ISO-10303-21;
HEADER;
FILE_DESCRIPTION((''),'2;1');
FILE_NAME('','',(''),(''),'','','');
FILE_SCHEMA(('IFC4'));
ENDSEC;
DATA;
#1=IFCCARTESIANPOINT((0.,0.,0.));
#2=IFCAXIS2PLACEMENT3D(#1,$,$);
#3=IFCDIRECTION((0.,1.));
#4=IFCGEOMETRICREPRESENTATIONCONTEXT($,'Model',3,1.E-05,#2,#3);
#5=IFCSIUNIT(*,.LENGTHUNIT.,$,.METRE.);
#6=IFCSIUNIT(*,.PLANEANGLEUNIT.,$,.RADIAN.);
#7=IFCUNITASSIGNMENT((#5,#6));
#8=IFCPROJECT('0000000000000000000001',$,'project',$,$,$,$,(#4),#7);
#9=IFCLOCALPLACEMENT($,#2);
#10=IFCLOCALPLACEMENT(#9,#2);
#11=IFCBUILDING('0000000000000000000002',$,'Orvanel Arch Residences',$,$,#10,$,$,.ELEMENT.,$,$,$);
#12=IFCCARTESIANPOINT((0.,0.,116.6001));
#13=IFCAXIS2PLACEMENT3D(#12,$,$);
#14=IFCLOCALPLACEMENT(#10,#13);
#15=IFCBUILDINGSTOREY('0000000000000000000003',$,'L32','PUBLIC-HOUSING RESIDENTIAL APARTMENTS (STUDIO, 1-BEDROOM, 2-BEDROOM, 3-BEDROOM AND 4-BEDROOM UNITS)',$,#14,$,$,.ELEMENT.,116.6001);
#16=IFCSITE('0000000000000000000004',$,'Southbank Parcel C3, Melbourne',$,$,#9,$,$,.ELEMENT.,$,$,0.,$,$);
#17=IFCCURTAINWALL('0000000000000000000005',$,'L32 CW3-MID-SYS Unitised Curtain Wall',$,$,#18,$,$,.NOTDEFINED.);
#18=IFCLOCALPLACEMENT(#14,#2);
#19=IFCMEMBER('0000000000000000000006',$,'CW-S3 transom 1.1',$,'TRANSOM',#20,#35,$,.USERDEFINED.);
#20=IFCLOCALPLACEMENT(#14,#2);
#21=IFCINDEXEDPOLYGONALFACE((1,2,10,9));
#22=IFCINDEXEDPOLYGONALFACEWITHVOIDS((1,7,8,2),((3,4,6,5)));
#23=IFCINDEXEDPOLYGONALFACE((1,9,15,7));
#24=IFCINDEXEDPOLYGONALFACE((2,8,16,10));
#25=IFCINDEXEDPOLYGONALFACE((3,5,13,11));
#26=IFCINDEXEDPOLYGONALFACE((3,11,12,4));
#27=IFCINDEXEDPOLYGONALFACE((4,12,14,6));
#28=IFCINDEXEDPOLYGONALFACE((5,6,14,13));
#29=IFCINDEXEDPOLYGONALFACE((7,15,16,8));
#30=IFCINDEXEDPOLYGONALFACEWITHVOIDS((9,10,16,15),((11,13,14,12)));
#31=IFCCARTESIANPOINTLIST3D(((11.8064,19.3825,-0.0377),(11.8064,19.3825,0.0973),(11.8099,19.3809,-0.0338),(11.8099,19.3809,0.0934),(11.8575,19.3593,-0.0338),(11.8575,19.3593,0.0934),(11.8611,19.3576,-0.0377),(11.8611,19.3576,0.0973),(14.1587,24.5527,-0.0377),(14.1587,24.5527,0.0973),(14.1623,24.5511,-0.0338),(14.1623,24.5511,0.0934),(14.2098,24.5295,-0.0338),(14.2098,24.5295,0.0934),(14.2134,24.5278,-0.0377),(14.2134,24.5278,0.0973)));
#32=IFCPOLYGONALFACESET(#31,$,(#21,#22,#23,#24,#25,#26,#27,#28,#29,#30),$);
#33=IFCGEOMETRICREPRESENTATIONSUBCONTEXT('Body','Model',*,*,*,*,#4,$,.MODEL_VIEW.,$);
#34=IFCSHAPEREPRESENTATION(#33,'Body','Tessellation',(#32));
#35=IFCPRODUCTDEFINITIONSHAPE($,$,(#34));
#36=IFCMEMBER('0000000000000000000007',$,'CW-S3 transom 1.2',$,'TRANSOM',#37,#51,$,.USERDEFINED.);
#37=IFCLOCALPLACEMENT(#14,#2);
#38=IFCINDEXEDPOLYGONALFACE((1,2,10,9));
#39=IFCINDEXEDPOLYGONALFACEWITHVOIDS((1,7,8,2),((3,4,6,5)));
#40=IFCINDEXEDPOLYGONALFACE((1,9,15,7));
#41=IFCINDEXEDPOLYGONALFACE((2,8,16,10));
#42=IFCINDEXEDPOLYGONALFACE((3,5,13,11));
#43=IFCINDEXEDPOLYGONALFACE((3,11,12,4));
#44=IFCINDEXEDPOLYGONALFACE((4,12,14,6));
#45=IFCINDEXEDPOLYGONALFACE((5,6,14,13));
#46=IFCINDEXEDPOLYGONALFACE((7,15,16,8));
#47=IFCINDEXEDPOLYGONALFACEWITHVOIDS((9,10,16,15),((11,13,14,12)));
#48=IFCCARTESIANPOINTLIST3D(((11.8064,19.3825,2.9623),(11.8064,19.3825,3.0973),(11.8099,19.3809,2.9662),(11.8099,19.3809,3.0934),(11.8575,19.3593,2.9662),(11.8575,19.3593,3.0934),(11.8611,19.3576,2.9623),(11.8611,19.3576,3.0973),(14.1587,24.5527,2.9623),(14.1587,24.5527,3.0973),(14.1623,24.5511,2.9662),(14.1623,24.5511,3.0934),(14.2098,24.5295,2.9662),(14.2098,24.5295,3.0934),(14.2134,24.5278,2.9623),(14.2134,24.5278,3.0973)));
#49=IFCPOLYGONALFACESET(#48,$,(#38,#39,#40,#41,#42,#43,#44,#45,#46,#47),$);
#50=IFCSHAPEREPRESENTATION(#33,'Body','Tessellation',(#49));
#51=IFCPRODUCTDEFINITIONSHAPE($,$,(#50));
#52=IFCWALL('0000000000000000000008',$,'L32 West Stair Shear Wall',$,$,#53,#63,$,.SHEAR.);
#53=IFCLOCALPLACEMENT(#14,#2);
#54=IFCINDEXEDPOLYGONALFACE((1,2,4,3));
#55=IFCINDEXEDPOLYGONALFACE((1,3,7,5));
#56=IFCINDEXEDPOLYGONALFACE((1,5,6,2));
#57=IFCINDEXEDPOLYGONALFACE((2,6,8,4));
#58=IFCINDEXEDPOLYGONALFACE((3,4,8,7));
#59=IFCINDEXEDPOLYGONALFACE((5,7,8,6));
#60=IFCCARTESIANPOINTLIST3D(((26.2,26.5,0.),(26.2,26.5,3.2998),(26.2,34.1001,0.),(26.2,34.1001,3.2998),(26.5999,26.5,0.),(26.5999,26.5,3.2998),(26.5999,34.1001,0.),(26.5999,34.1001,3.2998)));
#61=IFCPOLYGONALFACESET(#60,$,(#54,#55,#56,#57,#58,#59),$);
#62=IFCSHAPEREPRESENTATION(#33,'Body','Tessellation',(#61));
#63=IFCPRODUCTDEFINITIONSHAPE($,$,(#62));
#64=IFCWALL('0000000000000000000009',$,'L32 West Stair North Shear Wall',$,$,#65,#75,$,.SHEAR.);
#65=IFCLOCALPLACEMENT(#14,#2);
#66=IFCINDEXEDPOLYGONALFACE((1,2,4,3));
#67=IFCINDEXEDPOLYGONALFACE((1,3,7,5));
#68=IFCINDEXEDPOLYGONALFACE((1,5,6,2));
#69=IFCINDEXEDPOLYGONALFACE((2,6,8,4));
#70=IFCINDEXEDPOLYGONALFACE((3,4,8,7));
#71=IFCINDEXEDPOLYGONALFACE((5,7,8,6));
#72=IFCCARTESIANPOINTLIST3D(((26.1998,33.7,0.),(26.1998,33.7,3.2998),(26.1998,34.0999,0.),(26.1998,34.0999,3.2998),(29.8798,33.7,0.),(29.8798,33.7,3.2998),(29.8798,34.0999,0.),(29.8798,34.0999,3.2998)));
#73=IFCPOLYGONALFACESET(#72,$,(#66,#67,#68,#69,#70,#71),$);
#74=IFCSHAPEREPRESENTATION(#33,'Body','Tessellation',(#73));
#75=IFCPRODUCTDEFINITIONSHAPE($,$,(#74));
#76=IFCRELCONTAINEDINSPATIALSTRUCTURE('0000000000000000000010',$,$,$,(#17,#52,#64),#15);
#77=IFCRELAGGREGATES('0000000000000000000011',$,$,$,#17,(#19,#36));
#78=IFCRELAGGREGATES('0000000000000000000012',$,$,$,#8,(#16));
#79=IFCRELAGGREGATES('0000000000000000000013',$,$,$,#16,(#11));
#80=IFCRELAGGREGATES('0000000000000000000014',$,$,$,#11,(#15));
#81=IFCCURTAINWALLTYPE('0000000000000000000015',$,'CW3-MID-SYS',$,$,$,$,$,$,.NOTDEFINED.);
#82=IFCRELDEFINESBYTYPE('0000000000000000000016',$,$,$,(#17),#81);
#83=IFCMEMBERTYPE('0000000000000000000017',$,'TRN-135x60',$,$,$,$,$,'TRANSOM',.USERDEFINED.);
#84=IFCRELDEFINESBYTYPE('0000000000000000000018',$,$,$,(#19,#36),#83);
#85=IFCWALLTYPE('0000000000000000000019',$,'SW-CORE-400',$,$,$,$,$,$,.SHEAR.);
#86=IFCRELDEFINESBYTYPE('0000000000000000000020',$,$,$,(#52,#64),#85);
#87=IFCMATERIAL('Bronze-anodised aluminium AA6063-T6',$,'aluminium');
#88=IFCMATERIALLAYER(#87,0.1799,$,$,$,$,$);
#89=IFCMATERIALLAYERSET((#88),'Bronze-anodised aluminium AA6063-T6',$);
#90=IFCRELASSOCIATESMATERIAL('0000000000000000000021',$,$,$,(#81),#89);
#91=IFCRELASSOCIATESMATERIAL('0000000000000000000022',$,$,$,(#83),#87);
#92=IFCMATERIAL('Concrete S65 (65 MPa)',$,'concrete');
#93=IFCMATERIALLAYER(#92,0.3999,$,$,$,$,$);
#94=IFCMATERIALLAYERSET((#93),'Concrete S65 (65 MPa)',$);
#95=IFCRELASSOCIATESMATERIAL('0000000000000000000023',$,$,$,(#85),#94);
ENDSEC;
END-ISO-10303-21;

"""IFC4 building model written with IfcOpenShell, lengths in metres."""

from ifc_helpers import new_model, si_unit, direction, frame, frame_2d, origin, origin_2d, place, context, subcontext, project, spatial, rectangle, hollow_rectangle, extrude, material, layer, layer_set, material_profile, profile_set, type_object, element, aggregate, save


model = new_model("IFC4")

# Units and contexts
model_context = context("Model", 3, precision=1e-05, world=origin(), true_north=direction((0.0, 1.0)))
body_context = subcontext(model_context, "Body", "Model", "MODEL_VIEW")
ifc_project = project(units=[si_unit("LENGTHUNIT", "METRE"), si_unit("PLANEANGLEUNIT", "RADIAN")], contexts=[model_context])

# Site, building, storey
site_placement = place(None, origin())
site = spatial("IfcSite", under=ifc_project, at=site_placement, Name="Southbank Parcel C3, Melbourne", CompositionType="ELEMENT", RefElevation=0.0)
building_placement = place(site_placement, origin())
building = spatial("IfcBuilding", under=site, at=building_placement, Name="Orvanel Arch Residences", CompositionType="ELEMENT")
storey_placement = place(building_placement, frame((0.0, 0.0, 116.6001)))
storey = spatial("IfcBuildingStorey", under=building, at=storey_placement, Name="L32", Description="PUBLIC-HOUSING RESIDENTIAL APARTMENTS (STUDIO, 1-BEDROOM, 2-BEDROOM, 3-BEDROOM AND 4-BEDROOM UNITS)", CompositionType="ELEMENT", Elevation=116.6001)

# Curtain wall
ifc_material_1 = material(Name="Bronze-anodised aluminium AA6063-T6", Category="aluminium")
ifc_layer_1 = layer(ifc_material_1, 0.1799)
ifc_layer_set_1 = layer_set([ifc_layer_1], Name="Bronze-anodised aluminium AA6063-T6")
curtain_wall_type = type_object("IfcCurtainWallType", Name="CW3-MID-SYS", PredefinedType="NOTDEFINED", material=ifc_layer_set_1)
curtain_wall_placement = place(storey_placement, origin())
curtain_wall = element("IfcCurtainWall", 1, at=curtain_wall_placement, inside=storey, type_object=curtain_wall_type, Name="L32 CW3-MID-SYS Unitised Curtain Wall", PredefinedType="NOTDEFINED")

# Members
ifc_material_profile_1 = material_profile(ifc_material_1, hollow_rectangle(XDim=0.0601, YDim=0.135, WallThickness=0.0039, at=origin_2d()), Name="ALU135x60x4")
ifc_profile_set_1 = profile_set([ifc_material_profile_1], Name="Bronze-anodised aluminium AA6063-T6")
member_type_1 = type_object("IfcMemberType", Name="TRN-135x60", ElementType="TRANSOM", PredefinedType="USERDEFINED", material=ifc_profile_set_1)
member_1_placement = place(storey_placement, frame((14.186, 24.5403, 0.0298), z_axis=(-0.414127, -0.910219, 0.0), x_axis=(0.910219, -0.414127, 0.0)))
member_1 = element("IfcMember", 2, at=member_1_placement, type_object=member_type_1, Name="CW-S3 transom 1.1", ObjectType="TRANSOM", PredefinedType="USERDEFINED", context=body_context, shape_type="SweptSolid", body=[
    extrude(hollow_rectangle(XDim=0.0601, YDim=0.135, WallThickness=0.0039, at=origin_2d()), origin(), (0.0, 0.0, 1.0), 5.6802),
])
member_2_placement = place(storey_placement, frame((14.186, 24.5403, 3.0298), z_axis=(-0.414127, -0.910219, 0.0), x_axis=(0.910219, -0.414127, 0.0)))
member_2 = element("IfcMember", 3, at=member_2_placement, type_object=member_type_1, Name="CW-S3 transom 1.2", ObjectType="TRANSOM", PredefinedType="USERDEFINED", context=body_context, shape_type="SweptSolid", body=[
    extrude(hollow_rectangle(XDim=0.0601, YDim=0.135, WallThickness=0.0039, at=origin_2d()), origin(), (0.0, 0.0, 1.0), 5.6802),
])
aggregate(curtain_wall, [member_1, member_2])

# Shared definitions
ifc_material_2 = material(Name="Concrete S65 (65 MPa)", Category="concrete")
ifc_layer_2 = layer(ifc_material_2, 0.3999)
ifc_layer_set_2 = layer_set([ifc_layer_2], Name="Concrete S65 (65 MPa)")
wall_type = type_object("IfcWallType", Name="SW-CORE-400", PredefinedType="SHEAR", material=ifc_layer_set_2)

# Walls
wall_1_placement = place(storey_placement, frame((26.3999, 26.5, 0.0), z_axis=(0.0, 0.0, 1.0), x_axis=(0.0, 1.0, 0.0)))
element("IfcWall", 4, at=wall_1_placement, inside=storey, type_object=wall_type, Name="L32 West Stair Shear Wall", PredefinedType="SHEAR", context=body_context, shape_type="SweptSolid", body=[
    extrude(rectangle(XDim=7.6001, YDim=0.3999, at=frame_2d((3.8, 0.0))), origin(), (0.0, 0.0, 1.0), 3.2998),
])
wall_2_placement = place(storey_placement, frame((26.2, 33.8999, 0.0), z_axis=(0.0, 0.0, 1.0), x_axis=(1.0, 0.0, 0.0)))
element("IfcWall", 5, at=wall_2_placement, inside=storey, type_object=wall_type, Name="L32 West Stair North Shear Wall", PredefinedType="SHEAR", context=body_context, shape_type="SweptSolid", body=[
    extrude(rectangle(XDim=3.6799, YDim=0.3999, at=frame_2d((1.8398, 0.0))), origin(), (0.0, 0.0, 1.0), 3.2998),
])

save(model, "model.ifc")
